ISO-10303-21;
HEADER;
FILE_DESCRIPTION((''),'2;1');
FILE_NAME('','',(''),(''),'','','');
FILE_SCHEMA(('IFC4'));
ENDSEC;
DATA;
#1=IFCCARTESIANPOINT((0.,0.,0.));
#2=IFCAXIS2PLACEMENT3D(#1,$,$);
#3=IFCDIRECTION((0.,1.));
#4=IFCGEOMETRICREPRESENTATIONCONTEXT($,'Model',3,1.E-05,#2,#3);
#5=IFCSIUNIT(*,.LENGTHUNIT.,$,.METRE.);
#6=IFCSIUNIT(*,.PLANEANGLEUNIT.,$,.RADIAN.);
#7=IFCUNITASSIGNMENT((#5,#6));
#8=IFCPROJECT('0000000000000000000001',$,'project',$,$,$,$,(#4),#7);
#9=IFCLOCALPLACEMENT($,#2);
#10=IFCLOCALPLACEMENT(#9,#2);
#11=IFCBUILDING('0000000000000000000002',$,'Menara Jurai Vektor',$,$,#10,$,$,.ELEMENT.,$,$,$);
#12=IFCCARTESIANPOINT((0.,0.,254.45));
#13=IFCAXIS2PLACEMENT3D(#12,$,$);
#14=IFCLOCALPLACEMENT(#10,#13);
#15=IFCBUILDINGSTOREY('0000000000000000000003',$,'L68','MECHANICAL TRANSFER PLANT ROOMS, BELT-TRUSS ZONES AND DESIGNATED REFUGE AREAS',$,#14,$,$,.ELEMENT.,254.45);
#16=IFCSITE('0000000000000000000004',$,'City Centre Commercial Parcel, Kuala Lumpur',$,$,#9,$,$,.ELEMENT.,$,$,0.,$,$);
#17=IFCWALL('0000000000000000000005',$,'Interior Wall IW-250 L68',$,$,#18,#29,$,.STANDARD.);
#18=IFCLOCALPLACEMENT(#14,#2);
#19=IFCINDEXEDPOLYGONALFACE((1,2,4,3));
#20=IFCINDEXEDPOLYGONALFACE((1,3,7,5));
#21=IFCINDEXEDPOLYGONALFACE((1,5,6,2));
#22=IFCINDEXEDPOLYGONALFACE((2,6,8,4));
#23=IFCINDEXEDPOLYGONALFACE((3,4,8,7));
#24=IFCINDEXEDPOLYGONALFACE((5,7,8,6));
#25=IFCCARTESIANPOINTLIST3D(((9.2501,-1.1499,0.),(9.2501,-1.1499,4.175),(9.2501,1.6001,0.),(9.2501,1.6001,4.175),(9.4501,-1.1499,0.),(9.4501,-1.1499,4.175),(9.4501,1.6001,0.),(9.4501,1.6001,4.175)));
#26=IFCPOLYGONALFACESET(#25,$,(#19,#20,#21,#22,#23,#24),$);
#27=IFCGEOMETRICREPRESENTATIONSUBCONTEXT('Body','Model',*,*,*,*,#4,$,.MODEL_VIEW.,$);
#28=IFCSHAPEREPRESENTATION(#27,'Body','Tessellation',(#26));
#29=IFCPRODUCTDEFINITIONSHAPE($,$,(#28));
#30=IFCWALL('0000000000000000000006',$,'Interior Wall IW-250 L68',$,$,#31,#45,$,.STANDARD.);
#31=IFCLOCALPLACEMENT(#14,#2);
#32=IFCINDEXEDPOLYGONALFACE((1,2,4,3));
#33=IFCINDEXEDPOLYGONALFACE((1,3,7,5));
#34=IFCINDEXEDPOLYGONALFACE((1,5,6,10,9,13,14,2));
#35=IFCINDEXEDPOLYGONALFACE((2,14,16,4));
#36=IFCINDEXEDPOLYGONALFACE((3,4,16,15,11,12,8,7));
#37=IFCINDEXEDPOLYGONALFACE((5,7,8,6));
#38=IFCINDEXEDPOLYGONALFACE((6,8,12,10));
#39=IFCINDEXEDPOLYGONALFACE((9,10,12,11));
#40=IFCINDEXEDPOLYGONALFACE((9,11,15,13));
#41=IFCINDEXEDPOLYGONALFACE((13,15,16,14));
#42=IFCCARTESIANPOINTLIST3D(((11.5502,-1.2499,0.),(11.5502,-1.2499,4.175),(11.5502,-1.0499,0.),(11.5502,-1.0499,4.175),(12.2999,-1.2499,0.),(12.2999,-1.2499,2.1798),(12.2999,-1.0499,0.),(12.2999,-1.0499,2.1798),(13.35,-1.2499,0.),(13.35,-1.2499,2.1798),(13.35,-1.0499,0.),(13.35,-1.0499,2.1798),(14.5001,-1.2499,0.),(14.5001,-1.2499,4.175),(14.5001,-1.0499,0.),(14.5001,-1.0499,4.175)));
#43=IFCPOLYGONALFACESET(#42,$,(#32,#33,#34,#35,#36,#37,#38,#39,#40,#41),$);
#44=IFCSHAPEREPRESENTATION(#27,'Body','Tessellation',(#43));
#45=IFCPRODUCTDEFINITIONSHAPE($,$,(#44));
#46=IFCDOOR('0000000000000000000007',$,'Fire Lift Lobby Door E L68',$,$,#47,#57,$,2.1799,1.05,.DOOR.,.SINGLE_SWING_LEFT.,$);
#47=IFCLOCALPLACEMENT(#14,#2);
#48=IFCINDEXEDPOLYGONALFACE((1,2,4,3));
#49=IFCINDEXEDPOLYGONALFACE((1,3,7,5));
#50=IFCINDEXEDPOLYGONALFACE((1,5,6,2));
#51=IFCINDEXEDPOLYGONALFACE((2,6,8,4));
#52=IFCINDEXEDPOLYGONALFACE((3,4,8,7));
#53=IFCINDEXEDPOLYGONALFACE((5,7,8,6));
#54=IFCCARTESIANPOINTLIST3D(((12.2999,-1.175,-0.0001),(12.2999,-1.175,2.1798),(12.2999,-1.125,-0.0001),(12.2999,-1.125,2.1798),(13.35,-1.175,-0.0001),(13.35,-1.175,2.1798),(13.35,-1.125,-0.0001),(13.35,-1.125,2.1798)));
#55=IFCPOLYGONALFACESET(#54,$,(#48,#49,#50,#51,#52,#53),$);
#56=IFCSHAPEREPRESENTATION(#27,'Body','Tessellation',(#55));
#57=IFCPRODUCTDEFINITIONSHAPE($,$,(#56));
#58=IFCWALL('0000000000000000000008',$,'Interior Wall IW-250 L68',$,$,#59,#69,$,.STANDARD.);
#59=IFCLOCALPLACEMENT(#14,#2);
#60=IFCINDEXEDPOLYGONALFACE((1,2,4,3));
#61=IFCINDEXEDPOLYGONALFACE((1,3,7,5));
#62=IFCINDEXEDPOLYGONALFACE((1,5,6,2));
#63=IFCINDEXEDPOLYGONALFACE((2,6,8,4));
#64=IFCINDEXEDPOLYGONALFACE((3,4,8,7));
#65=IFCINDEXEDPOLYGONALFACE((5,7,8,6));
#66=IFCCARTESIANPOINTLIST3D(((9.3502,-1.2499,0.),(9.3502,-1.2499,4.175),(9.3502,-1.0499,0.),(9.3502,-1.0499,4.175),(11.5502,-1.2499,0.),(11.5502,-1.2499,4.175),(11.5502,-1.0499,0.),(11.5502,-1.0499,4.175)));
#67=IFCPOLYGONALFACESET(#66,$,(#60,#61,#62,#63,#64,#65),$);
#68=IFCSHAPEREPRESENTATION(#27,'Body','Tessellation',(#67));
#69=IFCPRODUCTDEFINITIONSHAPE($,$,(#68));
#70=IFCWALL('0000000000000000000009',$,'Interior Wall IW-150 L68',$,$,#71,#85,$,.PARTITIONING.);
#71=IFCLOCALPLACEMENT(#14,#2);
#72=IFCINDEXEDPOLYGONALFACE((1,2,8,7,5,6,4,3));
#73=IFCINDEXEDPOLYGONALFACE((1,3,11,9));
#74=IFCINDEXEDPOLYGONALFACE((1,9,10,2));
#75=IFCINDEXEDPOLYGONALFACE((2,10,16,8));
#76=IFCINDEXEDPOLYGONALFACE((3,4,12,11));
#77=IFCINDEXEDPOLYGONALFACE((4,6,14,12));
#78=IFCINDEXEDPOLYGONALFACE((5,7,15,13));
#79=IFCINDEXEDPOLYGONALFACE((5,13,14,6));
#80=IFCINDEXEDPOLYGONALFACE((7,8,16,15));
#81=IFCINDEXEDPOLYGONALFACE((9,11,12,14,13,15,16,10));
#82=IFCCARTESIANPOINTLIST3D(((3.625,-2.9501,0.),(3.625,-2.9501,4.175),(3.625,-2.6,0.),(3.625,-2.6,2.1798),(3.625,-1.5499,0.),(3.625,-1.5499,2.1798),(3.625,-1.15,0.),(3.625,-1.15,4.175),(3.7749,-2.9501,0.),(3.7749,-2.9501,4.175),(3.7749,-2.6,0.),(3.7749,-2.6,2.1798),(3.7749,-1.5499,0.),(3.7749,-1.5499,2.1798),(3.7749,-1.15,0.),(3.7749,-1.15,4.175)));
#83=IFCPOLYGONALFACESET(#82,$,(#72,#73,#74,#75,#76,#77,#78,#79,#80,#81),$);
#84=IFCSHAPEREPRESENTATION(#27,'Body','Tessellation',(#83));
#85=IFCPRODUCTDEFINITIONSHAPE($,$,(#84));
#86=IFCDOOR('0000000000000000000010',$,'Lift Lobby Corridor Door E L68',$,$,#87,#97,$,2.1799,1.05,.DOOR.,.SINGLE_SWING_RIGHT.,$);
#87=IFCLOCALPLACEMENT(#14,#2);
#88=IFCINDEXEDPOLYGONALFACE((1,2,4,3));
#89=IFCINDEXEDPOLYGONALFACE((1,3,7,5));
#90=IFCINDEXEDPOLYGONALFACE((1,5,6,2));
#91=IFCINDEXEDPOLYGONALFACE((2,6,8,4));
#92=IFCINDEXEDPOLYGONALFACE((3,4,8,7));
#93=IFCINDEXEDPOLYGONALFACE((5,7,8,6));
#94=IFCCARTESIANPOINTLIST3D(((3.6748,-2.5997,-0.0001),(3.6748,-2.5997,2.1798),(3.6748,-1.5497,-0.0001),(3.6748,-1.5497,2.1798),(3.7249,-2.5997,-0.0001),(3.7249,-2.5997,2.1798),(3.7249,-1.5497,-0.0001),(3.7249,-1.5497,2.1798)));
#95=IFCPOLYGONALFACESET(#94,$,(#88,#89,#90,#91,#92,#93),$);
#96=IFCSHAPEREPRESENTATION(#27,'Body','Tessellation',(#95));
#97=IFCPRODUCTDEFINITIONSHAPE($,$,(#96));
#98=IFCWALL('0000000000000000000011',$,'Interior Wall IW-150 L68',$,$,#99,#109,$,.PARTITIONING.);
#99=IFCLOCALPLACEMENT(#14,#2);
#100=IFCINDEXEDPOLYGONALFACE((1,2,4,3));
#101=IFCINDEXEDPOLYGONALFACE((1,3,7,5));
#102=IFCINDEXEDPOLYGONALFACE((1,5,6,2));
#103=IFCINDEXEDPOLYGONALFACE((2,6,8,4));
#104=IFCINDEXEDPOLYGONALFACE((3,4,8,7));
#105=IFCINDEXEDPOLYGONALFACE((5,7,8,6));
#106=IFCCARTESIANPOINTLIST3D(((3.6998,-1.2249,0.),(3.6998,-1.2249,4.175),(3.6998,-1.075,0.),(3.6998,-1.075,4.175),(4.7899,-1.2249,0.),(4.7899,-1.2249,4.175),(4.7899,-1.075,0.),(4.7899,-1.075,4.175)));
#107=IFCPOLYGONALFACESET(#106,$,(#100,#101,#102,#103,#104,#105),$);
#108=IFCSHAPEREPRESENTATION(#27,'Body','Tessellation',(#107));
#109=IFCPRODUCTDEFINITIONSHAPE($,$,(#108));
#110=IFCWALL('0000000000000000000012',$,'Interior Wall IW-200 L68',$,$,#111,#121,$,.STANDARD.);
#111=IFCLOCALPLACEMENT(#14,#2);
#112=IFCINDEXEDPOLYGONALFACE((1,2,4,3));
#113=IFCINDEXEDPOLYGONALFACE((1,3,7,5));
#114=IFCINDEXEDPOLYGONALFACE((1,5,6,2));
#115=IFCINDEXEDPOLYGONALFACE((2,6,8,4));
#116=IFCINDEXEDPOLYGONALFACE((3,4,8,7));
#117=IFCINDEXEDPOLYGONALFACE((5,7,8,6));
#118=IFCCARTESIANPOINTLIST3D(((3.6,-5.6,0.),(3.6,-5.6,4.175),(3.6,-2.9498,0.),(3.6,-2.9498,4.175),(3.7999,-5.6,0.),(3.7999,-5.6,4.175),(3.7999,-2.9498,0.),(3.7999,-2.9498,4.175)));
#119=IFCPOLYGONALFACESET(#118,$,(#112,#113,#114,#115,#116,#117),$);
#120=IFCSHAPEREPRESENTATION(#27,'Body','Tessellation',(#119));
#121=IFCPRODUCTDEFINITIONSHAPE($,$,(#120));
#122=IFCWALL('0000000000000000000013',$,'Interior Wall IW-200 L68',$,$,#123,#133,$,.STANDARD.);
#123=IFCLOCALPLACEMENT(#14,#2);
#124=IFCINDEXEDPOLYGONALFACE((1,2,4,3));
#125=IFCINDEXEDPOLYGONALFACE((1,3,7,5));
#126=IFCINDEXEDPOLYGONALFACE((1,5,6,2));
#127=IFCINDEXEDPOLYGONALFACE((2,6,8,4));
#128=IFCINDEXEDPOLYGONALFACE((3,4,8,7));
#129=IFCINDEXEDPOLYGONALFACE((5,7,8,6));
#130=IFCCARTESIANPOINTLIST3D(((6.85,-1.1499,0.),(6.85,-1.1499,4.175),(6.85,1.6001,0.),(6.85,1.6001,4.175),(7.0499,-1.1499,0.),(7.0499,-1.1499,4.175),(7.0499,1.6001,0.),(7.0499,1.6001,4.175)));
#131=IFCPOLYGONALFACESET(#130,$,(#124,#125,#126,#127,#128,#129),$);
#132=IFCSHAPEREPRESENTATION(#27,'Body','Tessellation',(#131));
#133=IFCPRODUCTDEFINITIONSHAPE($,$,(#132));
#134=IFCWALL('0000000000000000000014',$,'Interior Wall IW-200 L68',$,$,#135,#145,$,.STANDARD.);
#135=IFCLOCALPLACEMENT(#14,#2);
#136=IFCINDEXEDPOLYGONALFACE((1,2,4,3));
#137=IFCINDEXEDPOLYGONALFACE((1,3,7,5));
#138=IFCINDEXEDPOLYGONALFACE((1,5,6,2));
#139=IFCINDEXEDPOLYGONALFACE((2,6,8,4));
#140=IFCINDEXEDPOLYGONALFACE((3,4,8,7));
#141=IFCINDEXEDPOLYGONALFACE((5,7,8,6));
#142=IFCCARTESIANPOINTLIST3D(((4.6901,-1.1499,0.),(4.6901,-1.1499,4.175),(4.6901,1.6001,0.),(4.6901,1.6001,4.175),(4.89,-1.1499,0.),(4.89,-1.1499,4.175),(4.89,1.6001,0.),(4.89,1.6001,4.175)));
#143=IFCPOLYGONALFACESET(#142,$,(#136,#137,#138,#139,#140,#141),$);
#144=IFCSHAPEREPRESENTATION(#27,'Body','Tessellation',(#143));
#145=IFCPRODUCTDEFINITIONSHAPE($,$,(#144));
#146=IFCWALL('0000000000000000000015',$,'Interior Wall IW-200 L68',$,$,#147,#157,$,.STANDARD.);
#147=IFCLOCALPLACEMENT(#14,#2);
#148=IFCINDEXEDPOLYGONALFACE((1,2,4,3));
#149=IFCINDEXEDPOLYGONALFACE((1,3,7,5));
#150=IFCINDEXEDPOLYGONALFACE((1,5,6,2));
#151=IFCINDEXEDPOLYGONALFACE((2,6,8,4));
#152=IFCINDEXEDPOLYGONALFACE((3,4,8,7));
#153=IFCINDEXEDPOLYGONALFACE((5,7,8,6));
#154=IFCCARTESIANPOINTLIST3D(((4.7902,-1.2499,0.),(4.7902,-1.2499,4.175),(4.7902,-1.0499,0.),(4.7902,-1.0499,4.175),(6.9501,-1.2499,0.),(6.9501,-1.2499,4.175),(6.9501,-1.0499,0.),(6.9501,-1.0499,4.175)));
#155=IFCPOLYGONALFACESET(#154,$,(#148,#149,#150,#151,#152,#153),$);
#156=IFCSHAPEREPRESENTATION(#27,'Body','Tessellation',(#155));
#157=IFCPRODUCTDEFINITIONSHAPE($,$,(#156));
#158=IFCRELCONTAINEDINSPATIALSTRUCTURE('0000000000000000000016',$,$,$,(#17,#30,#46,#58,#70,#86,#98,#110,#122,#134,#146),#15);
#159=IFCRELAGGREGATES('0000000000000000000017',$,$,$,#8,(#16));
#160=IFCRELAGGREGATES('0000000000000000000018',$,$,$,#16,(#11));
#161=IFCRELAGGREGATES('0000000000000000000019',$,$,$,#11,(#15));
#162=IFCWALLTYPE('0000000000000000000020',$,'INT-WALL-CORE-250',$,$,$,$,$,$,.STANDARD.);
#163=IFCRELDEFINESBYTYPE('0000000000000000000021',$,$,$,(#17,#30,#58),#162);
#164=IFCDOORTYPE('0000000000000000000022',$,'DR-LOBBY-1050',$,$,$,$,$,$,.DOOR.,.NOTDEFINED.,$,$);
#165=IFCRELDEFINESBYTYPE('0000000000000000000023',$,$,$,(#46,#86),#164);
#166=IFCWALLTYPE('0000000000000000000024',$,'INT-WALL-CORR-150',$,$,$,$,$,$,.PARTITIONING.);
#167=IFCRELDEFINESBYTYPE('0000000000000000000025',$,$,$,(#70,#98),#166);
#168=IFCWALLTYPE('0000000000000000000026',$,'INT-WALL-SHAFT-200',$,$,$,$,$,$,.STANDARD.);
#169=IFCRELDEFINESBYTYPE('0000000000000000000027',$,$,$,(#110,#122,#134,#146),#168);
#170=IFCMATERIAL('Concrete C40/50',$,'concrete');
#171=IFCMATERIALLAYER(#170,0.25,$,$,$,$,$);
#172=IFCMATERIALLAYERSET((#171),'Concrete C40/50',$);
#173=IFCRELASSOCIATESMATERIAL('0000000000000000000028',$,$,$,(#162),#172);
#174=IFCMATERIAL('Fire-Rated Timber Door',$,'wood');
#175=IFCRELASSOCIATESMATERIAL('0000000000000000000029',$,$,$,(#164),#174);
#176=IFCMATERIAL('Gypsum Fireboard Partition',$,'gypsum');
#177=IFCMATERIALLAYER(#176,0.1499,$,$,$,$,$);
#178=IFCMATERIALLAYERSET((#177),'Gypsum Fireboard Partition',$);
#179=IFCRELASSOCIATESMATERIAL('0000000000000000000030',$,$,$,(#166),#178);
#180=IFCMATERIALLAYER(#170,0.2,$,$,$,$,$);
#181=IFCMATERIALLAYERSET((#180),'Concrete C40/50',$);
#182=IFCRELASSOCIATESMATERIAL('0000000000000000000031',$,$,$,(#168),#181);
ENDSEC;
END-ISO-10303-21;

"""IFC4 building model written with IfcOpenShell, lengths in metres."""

from ifc_helpers import new_model, si_unit, direction, frame, frame_2d, origin, place, context, subcontext, project, spatial, rectangle, extrude, material, layer, layer_set, type_object, element, fill, save


model = new_model("IFC4")

# Units and contexts
model_context = context("Model", 3, precision=1e-05, world=origin(), true_north=direction((0.0, 1.0)))
body_context = subcontext(model_context, "Body", "Model", "MODEL_VIEW")
ifc_project = project(units=[si_unit("LENGTHUNIT", "METRE"), si_unit("PLANEANGLEUNIT", "RADIAN")], contexts=[model_context])

# Site, building, storey
site_placement = place(None, origin())
site = spatial("IfcSite", under=ifc_project, at=site_placement, Name="City Centre Commercial Parcel, Kuala Lumpur", CompositionType="ELEMENT", RefElevation=0.0)
building_placement = place(site_placement, origin())
building = spatial("IfcBuilding", under=site, at=building_placement, Name="Menara Jurai Vektor", CompositionType="ELEMENT")
storey_placement = place(building_placement, frame((0.0, 0.0, 254.45)))
storey = spatial("IfcBuildingStorey", under=building, at=storey_placement, Name="L68", Description="MECHANICAL TRANSFER PLANT ROOMS, BELT-TRUSS ZONES AND DESIGNATED REFUGE AREAS", CompositionType="ELEMENT", Elevation=254.45)

# Shared definitions
ifc_material_1 = material(Name="Concrete C40/50", Category="concrete")

# Shared definitions
ifc_layer_1 = layer(ifc_material_1, 0.25)
ifc_layer_set_1 = layer_set([ifc_layer_1], Name="Concrete C40/50")
wall_type_1 = type_object("IfcWallType", Name="INT-WALL-CORE-250", PredefinedType="STANDARD", material=ifc_layer_set_1)

# Wall
wall_1_placement = place(storey_placement, frame((9.3501, -1.1499, 0.0), z_axis=(0.0, 0.0, 1.0), x_axis=(0.0, 1.0, 0.0)))
element("IfcWall", 1, at=wall_1_placement, inside=storey, type_object=wall_type_1, Name="Interior Wall IW-250 L68", PredefinedType="STANDARD", context=body_context, shape_type="SweptSolid", body=[
    extrude(rectangle(XDim=2.75, YDim=0.2, at=frame_2d((1.375, 0.0))), origin(), (0.0, 0.0, 1.0), 4.175),
])

# Wall, opening, door
wall_2_placement = place(storey_placement, frame((11.55, -1.1499, 0.0), z_axis=(0.0, 0.0, 1.0), x_axis=(1.0, 0.0, 0.0)))
wall_2 = element("IfcWall", 2, at=wall_2_placement, inside=storey, type_object=wall_type_1, Name="Interior Wall IW-250 L68", PredefinedType="STANDARD", context=body_context, shape_type="SweptSolid", body=[
    extrude(rectangle(XDim=2.95, YDim=0.2, at=frame_2d((1.4751, 0.0))), origin(), (0.0, 0.0, 1.0), 4.175),
])
opening_1_placement = place(wall_2_placement, frame((0.75, 0.0, 0.0)))
opening_1 = element("IfcOpeningElement", 3, at=opening_1_placement, cuts=wall_2, PredefinedType="OPENING", context=body_context, shape_type="SweptSolid", body=[
    extrude(rectangle(XDim=1.05, YDim=2.1799, at=frame_2d((0.5249, 1.0898))), frame((0.0, 0.1099, 0.0), z_axis=(0.0, -1.0, 0.0), x_axis=(1.0, 0.0, 0.0)), (0.0, 0.0, 1.0), 0.22),
])
ifc_material_2 = material(Name="Fire-Rated Timber Door", Category="wood")
door_type_1 = type_object("IfcDoorType", Name="DR-LOBBY-1050", OperationType="NOTDEFINED", PredefinedType="DOOR", material=ifc_material_2)
door_1_placement = place(opening_1_placement, origin())
door_1 = element("IfcDoor", 4, at=door_1_placement, inside=storey, type_object=door_type_1, Name="Fire Lift Lobby Door E L68", OperationType="SINGLE_SWING_LEFT", OverallHeight=2.1799, OverallWidth=1.05, PredefinedType="DOOR", context=body_context, shape_type="SweptSolid", body=[
    extrude(rectangle(XDim=1.05, YDim=2.1799, at=frame_2d((0.5249, 1.0898))), frame((0.0, 0.0249, 0.0), z_axis=(0.0, -1.0, 0.0), x_axis=(1.0, 0.0, 0.0)), (0.0, 0.0, 1.0), 0.05),
])
fill(opening_1, door_1)

# Wall
wall_3_placement = place(storey_placement, frame((9.3501, -1.1499, 0.0), z_axis=(0.0, 0.0, 1.0), x_axis=(1.0, 0.0, 0.0)))
element("IfcWall", 5, at=wall_3_placement, inside=storey, type_object=wall_type_1, Name="Interior Wall IW-250 L68", PredefinedType="STANDARD", context=body_context, shape_type="SweptSolid", body=[
    extrude(rectangle(XDim=2.2, YDim=0.2, at=frame_2d((1.1001, 0.0))), origin(), (0.0, 0.0, 1.0), 4.175),
])

# Wall, opening, door
ifc_material_3 = material(Name="Gypsum Fireboard Partition", Category="gypsum")
ifc_layer_2 = layer(ifc_material_3, 0.1499)
ifc_layer_set_2 = layer_set([ifc_layer_2], Name="Gypsum Fireboard Partition")
wall_type_2 = type_object("IfcWallType", Name="INT-WALL-CORR-150", PredefinedType="PARTITIONING", material=ifc_layer_set_2)
wall_4_placement = place(storey_placement, frame((3.7, -2.95, 0.0), z_axis=(0.0, 0.0, 1.0), x_axis=(0.0, 1.0, 0.0)))
wall_4 = element("IfcWall", 6, at=wall_4_placement, inside=storey, type_object=wall_type_2, Name="Interior Wall IW-150 L68", PredefinedType="PARTITIONING", context=body_context, shape_type="SweptSolid", body=[
    extrude(rectangle(XDim=1.8, YDim=0.1499, at=frame_2d((0.8999, 0.0))), origin(), (0.0, 0.0, 1.0), 4.175),
])
opening_2_placement = place(wall_4_placement, frame((0.3501, 0.0, 0.0)))
opening_2 = element("IfcOpeningElement", 7, at=opening_2_placement, cuts=wall_4, PredefinedType="OPENING", context=body_context, shape_type="SweptSolid", body=[
    extrude(rectangle(XDim=1.05, YDim=2.1799, at=frame_2d((0.5249, 1.0898))), frame((0.0, 0.085, 0.0), z_axis=(0.0, -1.0, 0.0), x_axis=(1.0, 0.0, 0.0)), (0.0, 0.0, 1.0), 0.1699),
])
door_2_placement = place(opening_2_placement, frame((1.05, 0.0, 0.0), z_axis=(0.0, 0.0, 1.0), x_axis=(-1.0, 0.0, 0.0)))
door_2 = element("IfcDoor", 8, at=door_2_placement, inside=storey, type_object=door_type_1, Name="Lift Lobby Corridor Door E L68", OperationType="SINGLE_SWING_RIGHT", OverallHeight=2.1799, OverallWidth=1.05, PredefinedType="DOOR", context=body_context, shape_type="SweptSolid", body=[
    extrude(rectangle(XDim=1.05, YDim=2.1799, at=frame_2d((0.5249, 1.0898))), frame((0.0, 0.0249, 0.0), z_axis=(0.0, -1.0, 0.0), x_axis=(1.0, 0.0, 0.0)), (0.0, 0.0, 1.0), 0.05),
])
fill(opening_2, door_2)

# Wall
wall_5_placement = place(storey_placement, frame((3.7, -1.1499, 0.0), z_axis=(0.0, 0.0, 1.0), x_axis=(1.0, 0.0, 0.0)))
element("IfcWall", 9, at=wall_5_placement, inside=storey, type_object=wall_type_2, Name="Interior Wall IW-150 L68", PredefinedType="PARTITIONING", context=body_context, shape_type="SweptSolid", body=[
    extrude(rectangle(XDim=1.0901, YDim=0.1499, at=frame_2d((0.5449, 0.0))), origin(), (0.0, 0.0, 1.0), 4.175),
])

# Shared definitions
ifc_layer_3 = layer(ifc_material_1, 0.2)
ifc_layer_set_3 = layer_set([ifc_layer_3], Name="Concrete C40/50")
wall_type_3 = type_object("IfcWallType", Name="INT-WALL-SHAFT-200", PredefinedType="STANDARD", material=ifc_layer_set_3)

# Walls
wall_6_placement = place(storey_placement, frame((3.7, -5.6001, 0.0), z_axis=(0.0, 0.0, 1.0), x_axis=(0.0, 1.0, 0.0)))
element("IfcWall", 10, at=wall_6_placement, inside=storey, type_object=wall_type_3, Name="Interior Wall IW-200 L68", PredefinedType="STANDARD", context=body_context, shape_type="SweptSolid", body=[
    extrude(rectangle(XDim=2.6501, YDim=0.2, at=frame_2d((1.3252, 0.0))), origin(), (0.0, 0.0, 1.0), 4.175),
])
wall_7_placement = place(storey_placement, frame((6.95, -1.1499, 0.0), z_axis=(0.0, 0.0, 1.0), x_axis=(0.0, 1.0, 0.0)))
element("IfcWall", 11, at=wall_7_placement, inside=storey, type_object=wall_type_3, Name="Interior Wall IW-200 L68", PredefinedType="STANDARD", context=body_context, shape_type="SweptSolid", body=[
    extrude(rectangle(XDim=2.75, YDim=0.2, at=frame_2d((1.375, 0.0))), origin(), (0.0, 0.0, 1.0), 4.175),
])

# Walls
wall_8_placement = place(storey_placement, frame((4.79, -1.1499, 0.0), z_axis=(0.0, 0.0, 1.0), x_axis=(0.0, 1.0, 0.0)))
element("IfcWall", 12, at=wall_8_placement, inside=storey, type_object=wall_type_3, Name="Interior Wall IW-200 L68", PredefinedType="STANDARD", context=body_context, shape_type="SweptSolid", body=[
    extrude(rectangle(XDim=2.75, YDim=0.2, at=frame_2d((1.375, 0.0))), origin(), (0.0, 0.0, 1.0), 4.175),
])
wall_9_placement = place(storey_placement, frame((4.79, -1.1499, 0.0), z_axis=(0.0, 0.0, 1.0), x_axis=(1.0, 0.0, 0.0)))
element("IfcWall", 13, at=wall_9_placement, inside=storey, type_object=wall_type_3, Name="Interior Wall IW-200 L68", PredefinedType="STANDARD", context=body_context, shape_type="SweptSolid", body=[
    extrude(rectangle(XDim=2.1599, YDim=0.2, at=frame_2d((1.0801, 0.0))), origin(), (0.0, 0.0, 1.0), 4.175),
])

save(model, "model.ifc")
